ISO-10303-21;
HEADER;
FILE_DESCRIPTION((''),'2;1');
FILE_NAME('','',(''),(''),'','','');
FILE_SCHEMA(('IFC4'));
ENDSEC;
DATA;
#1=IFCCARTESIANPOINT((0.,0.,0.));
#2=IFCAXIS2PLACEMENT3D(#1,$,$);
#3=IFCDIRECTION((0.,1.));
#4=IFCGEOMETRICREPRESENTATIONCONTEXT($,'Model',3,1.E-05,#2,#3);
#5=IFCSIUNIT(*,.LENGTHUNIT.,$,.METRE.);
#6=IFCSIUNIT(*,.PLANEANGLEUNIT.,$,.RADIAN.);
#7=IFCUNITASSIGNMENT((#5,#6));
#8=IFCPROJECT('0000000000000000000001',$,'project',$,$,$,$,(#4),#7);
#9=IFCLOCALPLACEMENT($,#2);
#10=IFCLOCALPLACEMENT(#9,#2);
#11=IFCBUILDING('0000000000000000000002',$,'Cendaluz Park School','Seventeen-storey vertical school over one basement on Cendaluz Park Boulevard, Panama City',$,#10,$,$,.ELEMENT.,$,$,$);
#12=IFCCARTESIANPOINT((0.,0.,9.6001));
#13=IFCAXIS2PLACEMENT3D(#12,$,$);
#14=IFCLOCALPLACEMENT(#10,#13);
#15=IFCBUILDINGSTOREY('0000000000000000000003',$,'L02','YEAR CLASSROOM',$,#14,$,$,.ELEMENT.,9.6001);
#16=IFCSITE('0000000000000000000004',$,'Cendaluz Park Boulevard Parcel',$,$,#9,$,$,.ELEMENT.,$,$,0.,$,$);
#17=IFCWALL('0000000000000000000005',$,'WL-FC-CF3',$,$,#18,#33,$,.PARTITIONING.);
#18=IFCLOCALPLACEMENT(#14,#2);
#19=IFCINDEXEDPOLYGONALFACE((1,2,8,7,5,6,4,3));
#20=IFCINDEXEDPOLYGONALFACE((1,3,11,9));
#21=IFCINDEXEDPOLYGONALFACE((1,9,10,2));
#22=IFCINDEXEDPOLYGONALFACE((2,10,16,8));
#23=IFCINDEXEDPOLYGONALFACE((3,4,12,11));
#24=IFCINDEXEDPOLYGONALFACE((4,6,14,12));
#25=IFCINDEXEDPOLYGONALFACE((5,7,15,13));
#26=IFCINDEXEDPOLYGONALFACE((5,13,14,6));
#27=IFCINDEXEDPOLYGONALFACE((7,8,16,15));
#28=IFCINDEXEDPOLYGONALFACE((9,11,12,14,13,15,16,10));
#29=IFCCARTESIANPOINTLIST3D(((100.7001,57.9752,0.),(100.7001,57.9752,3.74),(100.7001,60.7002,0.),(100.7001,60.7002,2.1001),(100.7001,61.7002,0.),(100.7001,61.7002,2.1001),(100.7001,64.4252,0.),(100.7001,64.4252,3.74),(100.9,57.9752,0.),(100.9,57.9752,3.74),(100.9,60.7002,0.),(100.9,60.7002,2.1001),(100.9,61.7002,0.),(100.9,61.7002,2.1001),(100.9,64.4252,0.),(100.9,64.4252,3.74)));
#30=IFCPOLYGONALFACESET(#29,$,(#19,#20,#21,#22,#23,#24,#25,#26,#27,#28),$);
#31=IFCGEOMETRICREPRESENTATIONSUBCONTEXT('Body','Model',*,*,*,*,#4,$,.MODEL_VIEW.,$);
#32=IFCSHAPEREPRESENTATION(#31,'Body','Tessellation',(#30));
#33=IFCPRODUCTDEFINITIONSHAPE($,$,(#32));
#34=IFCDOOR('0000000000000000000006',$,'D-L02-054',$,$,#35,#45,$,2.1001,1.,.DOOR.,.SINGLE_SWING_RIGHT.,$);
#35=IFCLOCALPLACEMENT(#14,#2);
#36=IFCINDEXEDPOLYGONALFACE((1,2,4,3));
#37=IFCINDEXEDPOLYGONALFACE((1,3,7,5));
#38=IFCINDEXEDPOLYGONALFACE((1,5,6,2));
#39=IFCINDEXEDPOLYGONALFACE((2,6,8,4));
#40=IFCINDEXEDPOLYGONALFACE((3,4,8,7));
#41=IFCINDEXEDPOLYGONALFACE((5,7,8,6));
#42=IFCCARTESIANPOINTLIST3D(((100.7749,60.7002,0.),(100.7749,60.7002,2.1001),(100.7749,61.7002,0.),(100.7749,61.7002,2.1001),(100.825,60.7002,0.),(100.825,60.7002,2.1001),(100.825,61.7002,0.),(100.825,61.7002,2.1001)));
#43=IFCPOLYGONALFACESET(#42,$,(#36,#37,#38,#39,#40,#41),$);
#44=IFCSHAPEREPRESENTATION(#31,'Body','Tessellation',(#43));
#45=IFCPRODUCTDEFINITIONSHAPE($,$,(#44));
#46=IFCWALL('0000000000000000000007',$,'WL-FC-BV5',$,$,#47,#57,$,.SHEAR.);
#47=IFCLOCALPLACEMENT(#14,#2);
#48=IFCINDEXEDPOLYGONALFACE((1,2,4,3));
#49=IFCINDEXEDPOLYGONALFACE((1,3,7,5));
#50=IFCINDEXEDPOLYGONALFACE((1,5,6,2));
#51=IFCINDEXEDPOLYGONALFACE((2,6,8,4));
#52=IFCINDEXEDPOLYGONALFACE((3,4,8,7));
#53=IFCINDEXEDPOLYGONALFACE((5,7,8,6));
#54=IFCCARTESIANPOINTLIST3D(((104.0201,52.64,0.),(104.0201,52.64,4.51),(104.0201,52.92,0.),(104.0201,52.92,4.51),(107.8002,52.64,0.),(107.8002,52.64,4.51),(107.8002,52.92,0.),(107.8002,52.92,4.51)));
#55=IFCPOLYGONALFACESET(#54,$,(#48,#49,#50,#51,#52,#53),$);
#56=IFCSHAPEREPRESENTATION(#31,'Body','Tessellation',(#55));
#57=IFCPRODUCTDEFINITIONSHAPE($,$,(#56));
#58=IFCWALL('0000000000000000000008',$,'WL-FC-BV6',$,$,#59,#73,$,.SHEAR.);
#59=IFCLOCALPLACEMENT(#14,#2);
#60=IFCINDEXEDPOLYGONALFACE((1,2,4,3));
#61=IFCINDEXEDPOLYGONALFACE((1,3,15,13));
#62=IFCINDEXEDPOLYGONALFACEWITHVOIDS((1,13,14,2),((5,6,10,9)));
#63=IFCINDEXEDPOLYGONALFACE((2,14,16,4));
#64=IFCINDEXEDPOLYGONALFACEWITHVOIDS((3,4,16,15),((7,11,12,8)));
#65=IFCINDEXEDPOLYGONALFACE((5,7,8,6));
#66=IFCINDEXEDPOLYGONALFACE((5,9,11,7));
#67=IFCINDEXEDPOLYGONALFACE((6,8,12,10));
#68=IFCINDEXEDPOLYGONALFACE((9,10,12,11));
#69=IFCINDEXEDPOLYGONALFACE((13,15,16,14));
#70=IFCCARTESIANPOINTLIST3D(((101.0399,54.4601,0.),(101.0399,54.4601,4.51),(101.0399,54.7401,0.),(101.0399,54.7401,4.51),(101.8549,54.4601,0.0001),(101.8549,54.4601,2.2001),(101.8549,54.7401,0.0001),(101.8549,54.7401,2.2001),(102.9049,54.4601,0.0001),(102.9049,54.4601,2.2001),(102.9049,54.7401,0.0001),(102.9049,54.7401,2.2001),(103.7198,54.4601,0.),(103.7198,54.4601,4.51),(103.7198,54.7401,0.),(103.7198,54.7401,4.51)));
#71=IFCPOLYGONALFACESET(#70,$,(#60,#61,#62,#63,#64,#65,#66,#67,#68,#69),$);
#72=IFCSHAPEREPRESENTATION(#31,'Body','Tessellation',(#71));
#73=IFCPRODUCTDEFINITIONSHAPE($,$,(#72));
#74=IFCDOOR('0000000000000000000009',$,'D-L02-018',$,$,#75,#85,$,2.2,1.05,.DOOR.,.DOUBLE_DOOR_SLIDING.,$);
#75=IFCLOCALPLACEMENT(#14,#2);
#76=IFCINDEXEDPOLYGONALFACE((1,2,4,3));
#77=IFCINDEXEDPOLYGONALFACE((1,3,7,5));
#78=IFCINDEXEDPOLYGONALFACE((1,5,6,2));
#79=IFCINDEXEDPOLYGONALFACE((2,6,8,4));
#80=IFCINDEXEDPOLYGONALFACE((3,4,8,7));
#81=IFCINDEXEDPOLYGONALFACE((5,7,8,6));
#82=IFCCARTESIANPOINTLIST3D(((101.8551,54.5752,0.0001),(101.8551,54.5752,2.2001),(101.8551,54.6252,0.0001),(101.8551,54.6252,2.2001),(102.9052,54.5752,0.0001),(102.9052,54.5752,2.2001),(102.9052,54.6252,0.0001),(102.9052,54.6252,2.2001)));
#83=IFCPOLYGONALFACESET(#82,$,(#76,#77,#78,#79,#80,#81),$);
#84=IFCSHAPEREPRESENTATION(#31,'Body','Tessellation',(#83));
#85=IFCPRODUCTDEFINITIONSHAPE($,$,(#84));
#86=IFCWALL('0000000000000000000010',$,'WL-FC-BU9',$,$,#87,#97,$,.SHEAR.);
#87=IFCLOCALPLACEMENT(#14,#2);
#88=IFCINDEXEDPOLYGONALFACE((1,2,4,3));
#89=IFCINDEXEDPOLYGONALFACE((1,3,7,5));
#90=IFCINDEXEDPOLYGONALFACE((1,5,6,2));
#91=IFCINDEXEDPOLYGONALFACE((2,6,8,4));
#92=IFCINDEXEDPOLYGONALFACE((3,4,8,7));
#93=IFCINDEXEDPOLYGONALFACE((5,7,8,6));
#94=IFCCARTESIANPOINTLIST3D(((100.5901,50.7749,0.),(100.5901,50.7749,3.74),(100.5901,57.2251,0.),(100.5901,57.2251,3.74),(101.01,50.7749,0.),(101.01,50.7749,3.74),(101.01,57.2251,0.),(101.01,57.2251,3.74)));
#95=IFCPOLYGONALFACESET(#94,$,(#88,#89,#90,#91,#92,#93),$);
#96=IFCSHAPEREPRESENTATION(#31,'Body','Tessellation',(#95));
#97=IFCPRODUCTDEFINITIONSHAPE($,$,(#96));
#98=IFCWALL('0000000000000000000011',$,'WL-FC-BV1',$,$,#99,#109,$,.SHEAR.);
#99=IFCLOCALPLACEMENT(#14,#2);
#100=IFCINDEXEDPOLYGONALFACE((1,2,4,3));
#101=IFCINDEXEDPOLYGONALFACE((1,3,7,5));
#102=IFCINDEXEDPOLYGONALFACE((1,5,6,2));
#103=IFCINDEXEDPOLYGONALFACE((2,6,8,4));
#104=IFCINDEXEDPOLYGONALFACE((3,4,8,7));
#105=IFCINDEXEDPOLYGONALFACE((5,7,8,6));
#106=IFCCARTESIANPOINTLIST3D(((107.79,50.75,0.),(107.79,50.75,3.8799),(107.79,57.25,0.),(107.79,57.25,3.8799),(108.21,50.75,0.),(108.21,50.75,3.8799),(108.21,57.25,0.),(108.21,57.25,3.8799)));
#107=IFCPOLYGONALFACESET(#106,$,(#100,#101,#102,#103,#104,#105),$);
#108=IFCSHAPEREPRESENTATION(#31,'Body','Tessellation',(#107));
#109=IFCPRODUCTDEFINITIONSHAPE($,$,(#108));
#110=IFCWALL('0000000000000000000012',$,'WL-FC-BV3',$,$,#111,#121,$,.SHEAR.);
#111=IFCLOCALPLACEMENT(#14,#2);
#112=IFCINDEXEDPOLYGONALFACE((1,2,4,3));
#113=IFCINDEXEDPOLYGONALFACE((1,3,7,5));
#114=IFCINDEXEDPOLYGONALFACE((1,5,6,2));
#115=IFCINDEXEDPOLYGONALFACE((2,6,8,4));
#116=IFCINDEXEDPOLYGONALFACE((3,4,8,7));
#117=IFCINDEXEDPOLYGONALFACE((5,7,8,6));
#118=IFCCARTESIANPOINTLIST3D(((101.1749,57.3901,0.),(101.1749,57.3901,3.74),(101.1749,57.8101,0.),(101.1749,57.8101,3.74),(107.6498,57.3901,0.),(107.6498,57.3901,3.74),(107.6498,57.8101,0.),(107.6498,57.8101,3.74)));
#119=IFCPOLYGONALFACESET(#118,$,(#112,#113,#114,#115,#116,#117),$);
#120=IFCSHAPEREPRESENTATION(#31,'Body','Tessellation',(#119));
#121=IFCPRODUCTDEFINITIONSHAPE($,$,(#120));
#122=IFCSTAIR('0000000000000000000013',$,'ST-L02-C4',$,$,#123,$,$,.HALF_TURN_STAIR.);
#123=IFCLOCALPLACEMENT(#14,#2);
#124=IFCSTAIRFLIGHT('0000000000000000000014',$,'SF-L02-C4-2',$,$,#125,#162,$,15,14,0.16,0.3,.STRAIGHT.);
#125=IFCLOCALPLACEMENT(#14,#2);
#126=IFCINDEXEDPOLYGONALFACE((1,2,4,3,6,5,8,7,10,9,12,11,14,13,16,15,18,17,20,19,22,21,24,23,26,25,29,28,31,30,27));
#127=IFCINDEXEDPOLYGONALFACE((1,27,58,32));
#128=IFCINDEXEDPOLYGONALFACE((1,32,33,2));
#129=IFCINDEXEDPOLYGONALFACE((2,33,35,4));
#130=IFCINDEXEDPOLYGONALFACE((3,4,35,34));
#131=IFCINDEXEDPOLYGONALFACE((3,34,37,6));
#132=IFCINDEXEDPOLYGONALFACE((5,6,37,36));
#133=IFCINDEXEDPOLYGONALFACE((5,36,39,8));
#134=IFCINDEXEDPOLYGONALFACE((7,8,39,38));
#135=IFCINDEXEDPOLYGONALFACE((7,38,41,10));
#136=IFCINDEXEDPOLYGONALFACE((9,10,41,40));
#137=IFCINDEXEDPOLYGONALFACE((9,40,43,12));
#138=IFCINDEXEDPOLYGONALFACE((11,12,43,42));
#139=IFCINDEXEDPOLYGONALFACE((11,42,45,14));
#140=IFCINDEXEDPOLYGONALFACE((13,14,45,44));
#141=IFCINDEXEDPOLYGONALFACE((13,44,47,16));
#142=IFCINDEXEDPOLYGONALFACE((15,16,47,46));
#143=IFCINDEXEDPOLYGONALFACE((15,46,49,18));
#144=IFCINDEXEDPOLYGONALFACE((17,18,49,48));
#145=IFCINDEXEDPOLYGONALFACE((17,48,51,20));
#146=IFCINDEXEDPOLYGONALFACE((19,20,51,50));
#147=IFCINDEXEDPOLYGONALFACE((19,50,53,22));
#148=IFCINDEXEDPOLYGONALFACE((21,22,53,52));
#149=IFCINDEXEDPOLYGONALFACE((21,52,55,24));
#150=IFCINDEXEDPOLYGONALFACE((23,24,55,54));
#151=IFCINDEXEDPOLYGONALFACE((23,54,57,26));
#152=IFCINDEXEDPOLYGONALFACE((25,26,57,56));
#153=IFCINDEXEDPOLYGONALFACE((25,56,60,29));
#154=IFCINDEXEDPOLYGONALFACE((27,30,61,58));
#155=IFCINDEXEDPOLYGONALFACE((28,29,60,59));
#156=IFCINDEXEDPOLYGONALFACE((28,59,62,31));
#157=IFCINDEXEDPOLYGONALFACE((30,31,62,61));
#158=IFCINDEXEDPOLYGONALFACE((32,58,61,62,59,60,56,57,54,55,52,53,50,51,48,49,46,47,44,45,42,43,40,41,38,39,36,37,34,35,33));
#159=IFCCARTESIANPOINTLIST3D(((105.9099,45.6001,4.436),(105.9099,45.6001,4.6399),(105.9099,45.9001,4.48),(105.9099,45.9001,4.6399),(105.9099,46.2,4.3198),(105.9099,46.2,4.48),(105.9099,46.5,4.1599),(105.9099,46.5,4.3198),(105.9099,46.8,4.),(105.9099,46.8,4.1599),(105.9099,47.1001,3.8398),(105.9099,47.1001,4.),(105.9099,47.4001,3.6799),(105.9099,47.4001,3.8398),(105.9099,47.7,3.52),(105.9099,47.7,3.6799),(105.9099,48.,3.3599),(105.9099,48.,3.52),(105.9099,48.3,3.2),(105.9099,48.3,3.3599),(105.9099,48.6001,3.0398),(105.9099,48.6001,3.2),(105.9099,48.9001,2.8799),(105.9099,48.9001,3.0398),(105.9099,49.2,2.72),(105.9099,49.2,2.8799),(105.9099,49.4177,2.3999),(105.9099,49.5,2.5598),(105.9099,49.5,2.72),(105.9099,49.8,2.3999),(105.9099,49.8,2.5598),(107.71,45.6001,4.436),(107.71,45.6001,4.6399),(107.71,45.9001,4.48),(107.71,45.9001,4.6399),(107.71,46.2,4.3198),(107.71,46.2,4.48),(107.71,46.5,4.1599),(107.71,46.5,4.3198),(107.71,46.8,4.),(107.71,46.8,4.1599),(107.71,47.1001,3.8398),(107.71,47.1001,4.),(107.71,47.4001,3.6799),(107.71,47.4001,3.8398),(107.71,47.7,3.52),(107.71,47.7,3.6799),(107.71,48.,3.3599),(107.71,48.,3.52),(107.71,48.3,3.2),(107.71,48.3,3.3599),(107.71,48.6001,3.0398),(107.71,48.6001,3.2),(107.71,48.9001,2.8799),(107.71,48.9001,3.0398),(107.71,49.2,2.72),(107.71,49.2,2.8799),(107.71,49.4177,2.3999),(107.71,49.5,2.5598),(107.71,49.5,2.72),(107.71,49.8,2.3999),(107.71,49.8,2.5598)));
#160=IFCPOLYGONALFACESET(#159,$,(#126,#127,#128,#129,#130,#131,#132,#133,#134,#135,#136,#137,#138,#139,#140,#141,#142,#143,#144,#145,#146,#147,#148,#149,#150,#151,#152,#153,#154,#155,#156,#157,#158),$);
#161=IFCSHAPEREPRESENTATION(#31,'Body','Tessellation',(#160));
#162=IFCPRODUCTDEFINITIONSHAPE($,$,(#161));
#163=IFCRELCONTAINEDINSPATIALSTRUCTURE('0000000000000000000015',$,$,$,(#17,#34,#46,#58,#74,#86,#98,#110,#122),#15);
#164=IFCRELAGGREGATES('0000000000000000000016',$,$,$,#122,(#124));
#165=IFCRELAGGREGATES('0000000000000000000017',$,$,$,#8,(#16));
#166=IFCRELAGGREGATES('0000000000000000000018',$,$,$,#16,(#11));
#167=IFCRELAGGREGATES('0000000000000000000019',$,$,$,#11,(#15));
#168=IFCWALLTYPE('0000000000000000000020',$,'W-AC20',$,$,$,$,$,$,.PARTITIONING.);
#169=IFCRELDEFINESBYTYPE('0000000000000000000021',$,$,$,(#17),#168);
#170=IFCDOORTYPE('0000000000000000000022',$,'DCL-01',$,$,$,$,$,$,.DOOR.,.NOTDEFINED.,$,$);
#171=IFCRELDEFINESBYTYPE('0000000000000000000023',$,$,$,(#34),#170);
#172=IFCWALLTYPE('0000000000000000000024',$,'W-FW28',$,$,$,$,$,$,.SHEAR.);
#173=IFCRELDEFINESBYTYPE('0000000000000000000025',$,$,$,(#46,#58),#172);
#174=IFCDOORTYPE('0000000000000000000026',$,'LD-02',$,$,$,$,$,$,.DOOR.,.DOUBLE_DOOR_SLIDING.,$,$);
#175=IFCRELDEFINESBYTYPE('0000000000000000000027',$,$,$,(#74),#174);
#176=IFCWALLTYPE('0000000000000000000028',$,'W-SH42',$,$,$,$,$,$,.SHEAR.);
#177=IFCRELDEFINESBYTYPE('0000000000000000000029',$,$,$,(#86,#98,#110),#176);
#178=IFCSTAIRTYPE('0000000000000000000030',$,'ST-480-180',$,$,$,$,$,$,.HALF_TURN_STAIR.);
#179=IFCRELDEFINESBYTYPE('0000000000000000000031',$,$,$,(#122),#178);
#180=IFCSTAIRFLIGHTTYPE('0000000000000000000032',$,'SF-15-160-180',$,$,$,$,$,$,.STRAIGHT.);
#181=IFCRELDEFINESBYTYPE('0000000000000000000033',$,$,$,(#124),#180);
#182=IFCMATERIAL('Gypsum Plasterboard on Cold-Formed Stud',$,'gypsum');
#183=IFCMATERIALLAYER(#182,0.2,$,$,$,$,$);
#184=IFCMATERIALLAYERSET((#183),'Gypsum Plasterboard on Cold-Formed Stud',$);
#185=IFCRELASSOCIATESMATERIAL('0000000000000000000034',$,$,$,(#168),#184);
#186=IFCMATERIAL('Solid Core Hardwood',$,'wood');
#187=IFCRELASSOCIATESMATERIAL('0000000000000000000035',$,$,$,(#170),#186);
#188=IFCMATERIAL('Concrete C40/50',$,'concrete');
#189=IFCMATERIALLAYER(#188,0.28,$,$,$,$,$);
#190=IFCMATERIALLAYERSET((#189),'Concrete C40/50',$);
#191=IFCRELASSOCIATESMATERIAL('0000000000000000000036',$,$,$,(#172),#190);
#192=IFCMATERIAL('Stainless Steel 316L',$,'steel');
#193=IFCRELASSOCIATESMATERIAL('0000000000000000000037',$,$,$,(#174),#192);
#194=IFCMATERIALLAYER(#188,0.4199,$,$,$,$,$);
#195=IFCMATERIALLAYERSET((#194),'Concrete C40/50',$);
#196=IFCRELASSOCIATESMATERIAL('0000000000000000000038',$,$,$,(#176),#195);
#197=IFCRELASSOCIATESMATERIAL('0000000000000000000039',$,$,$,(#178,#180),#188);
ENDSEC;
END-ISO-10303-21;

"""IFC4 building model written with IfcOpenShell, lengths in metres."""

from ifc_helpers import new_model, si_unit, direction, frame, frame_2d, origin, place, context, subcontext, project, spatial, polyline, rectangle, outline, extrude, material, layer, layer_set, type_object, element, fill, aggregate, save


model = new_model("IFC4")

# Units and contexts
model_context = context("Model", 3, precision=1e-05, world=origin(), true_north=direction((0.0, 1.0)))
body_context = subcontext(model_context, "Body", "Model", "MODEL_VIEW")
ifc_project = project(units=[si_unit("LENGTHUNIT", "METRE"), si_unit("PLANEANGLEUNIT", "RADIAN")], contexts=[model_context])

# Site, building, storey
site_placement = place(None, origin())
site = spatial("IfcSite", under=ifc_project, at=site_placement, Name="Cendaluz Park Boulevard Parcel", CompositionType="ELEMENT", RefElevation=0.0)
building_placement = place(site_placement, origin())
building = spatial("IfcBuilding", under=site, at=building_placement, Name="Cendaluz Park School", Description="Seventeen-storey vertical school over one basement on Cendaluz Park Boulevard, Panama City", CompositionType="ELEMENT")
storey_placement = place(building_placement, frame((0.0, 0.0, 9.6001)))
storey = spatial("IfcBuildingStorey", under=building, at=storey_placement, Name="L02", Description="YEAR CLASSROOM", CompositionType="ELEMENT", Elevation=9.6001)

# Shared definitions
ifc_material_1 = material(Name="Concrete C40/50", Category="concrete")

# Wall, opening, door
ifc_material_2 = material(Name="Gypsum Plasterboard on Cold-Formed Stud", Category="gypsum")
ifc_layer_1 = layer(ifc_material_2, 0.2)
ifc_layer_set_1 = layer_set([ifc_layer_1], Name="Gypsum Plasterboard on Cold-Formed Stud")
wall_type_1 = type_object("IfcWallType", Name="W-AC20", PredefinedType="PARTITIONING", material=ifc_layer_set_1)
wall_1_placement = place(storey_placement, frame((100.8, 57.9751, 0.0), z_axis=(0.0, 0.0, 1.0), x_axis=(0.0, 1.0, 0.0)))
wall_1 = element("IfcWall", 1, at=wall_1_placement, inside=storey, type_object=wall_type_1, Name="WL-FC-CF3", PredefinedType="PARTITIONING", context=body_context, shape_type="SweptSolid", body=[
    extrude(rectangle(XDim=6.45, YDim=0.2, at=frame_2d((3.2251, 0.0))), origin(), (0.0, 0.0, 1.0), 3.74),
])
opening_1_placement = place(wall_1_placement, frame((2.7251, 0.0, 0.0)))
opening_1 = element("IfcOpeningElement", 2, at=opening_1_placement, cuts=wall_1, PredefinedType="OPENING", context=body_context, shape_type="SweptSolid", body=[
    extrude(rectangle(XDim=1.0, YDim=2.1001, at=frame_2d((0.5, 1.05))), frame((0.0, 0.1121, 0.0), z_axis=(0.0, -1.0, 0.0), x_axis=(1.0, 0.0, 0.0)), (0.0, 0.0, 1.0), 0.2239),
])
ifc_material_3 = material(Name="Solid Core Hardwood", Category="wood")
door_type_1 = type_object("IfcDoorType", Name="DCL-01", OperationType="NOTDEFINED", PredefinedType="DOOR", material=ifc_material_3)
door_1_placement = place(opening_1_placement, frame((1.0, 0.0, 0.0), z_axis=(0.0, 0.0, 1.0), x_axis=(-1.0, 0.0, 0.0)))
door_1 = element("IfcDoor", 3, at=door_1_placement, inside=storey, type_object=door_type_1, Name="D-L02-054", OperationType="SINGLE_SWING_RIGHT", OverallHeight=2.1001, OverallWidth=1.0, PredefinedType="DOOR", context=body_context, shape_type="SweptSolid", body=[
    extrude(rectangle(XDim=1.0, YDim=2.1001, at=frame_2d((0.5, 1.05))), frame((0.0, 0.0249, 0.0), z_axis=(0.0, -1.0, 0.0), x_axis=(1.0, 0.0, 0.0)), (0.0, 0.0, 1.0), 0.05),
])
fill(opening_1, door_1)

# Wall
ifc_layer_2 = layer(ifc_material_1, 0.28)
ifc_layer_set_2 = layer_set([ifc_layer_2], Name="Concrete C40/50")
wall_type_2 = type_object("IfcWallType", Name="W-FW28", PredefinedType="SHEAR", material=ifc_layer_set_2)
wall_2_placement = place(storey_placement, frame((104.02, 52.78, 0.0), z_axis=(0.0, 0.0, 1.0), x_axis=(1.0, 0.0, 0.0)))
element("IfcWall", 4, at=wall_2_placement, inside=storey, type_object=wall_type_2, Name="WL-FC-BV5", PredefinedType="SHEAR", context=body_context, shape_type="SweptSolid", body=[
    extrude(rectangle(XDim=3.78, YDim=0.28, at=frame_2d((1.8901, 0.0))), origin(), (0.0, 0.0, 1.0), 4.51),
])

# Wall, opening, door
wall_3_placement = place(storey_placement, frame((101.04, 54.6001, 0.0), z_axis=(0.0, 0.0, 1.0), x_axis=(1.0, 0.0, 0.0)))
wall_3 = element("IfcWall", 5, at=wall_3_placement, inside=storey, type_object=wall_type_2, Name="WL-FC-BV6", PredefinedType="SHEAR", context=body_context, shape_type="SweptSolid", body=[
    extrude(rectangle(XDim=2.6799, YDim=0.28, at=frame_2d((1.3398, 0.0))), origin(), (0.0, 0.0, 1.0), 4.51),
])
opening_2_placement = place(wall_3_placement, frame((0.8149, 0.0, 0.0)))
opening_2 = element("IfcOpeningElement", 6, at=opening_2_placement, cuts=wall_3, PredefinedType="OPENING", context=body_context, shape_type="SweptSolid", body=[
    extrude(rectangle(XDim=1.05, YDim=2.2, at=frame_2d((0.5249, 1.1001))), frame((0.0, 0.1521, 0.0), z_axis=(0.0, -1.0, 0.0), x_axis=(1.0, 0.0, 0.0)), (0.0, 0.0, 1.0), 0.304),
])
ifc_material_4 = material(Name="Stainless Steel 316L", Category="steel")
door_type_2 = type_object("IfcDoorType", Name="LD-02", OperationType="DOUBLE_DOOR_SLIDING", PredefinedType="DOOR", material=ifc_material_4)
door_2_placement = place(opening_2_placement, frame((1.05, 0.0, 0.0), z_axis=(0.0, 0.0, 1.0), x_axis=(-1.0, 0.0, 0.0)))
door_2 = element("IfcDoor", 7, at=door_2_placement, inside=storey, type_object=door_type_2, Name="D-L02-018", OperationType="DOUBLE_DOOR_SLIDING", OverallHeight=2.2, OverallWidth=1.05, PredefinedType="DOOR", context=body_context, shape_type="SweptSolid", body=[
    extrude(rectangle(XDim=1.05, YDim=2.2, at=frame_2d((0.5249, 1.1001))), frame((0.0, 0.0249, 0.0), z_axis=(0.0, -1.0, 0.0), x_axis=(1.0, 0.0, 0.0)), (0.0, 0.0, 1.0), 0.05),
])
fill(opening_2, door_2)

# Walls
ifc_layer_3 = layer(ifc_material_1, 0.4199)
ifc_layer_set_3 = layer_set([ifc_layer_3], Name="Concrete C40/50")
wall_type_3 = type_object("IfcWallType", Name="W-SH42", PredefinedType="SHEAR", material=ifc_layer_set_3)
wall_4_placement = place(storey_placement, frame((100.8, 50.7749, 0.0), z_axis=(0.0, 0.0, 1.0), x_axis=(0.0, 1.0, 0.0)))
element("IfcWall", 8, at=wall_4_placement, inside=storey, type_object=wall_type_3, Name="WL-FC-BU9", PredefinedType="SHEAR", context=body_context, shape_type="SweptSolid", body=[
    extrude(rectangle(XDim=6.4502, YDim=0.4199, at=frame_2d((3.2251, 0.0))), origin(), (0.0, 0.0, 1.0), 3.74),
])
wall_5_placement = place(storey_placement, frame((108.0, 50.75, 0.0), z_axis=(0.0, 0.0, 1.0), x_axis=(0.0, 1.0, 0.0)))
element("IfcWall", 9, at=wall_5_placement, inside=storey, type_object=wall_type_3, Name="WL-FC-BV1", PredefinedType="SHEAR", context=body_context, shape_type="SweptSolid", body=[
    extrude(rectangle(XDim=6.5, YDim=0.4199, at=frame_2d((3.25, 0.0))), origin(), (0.0, 0.0, 1.0), 3.8799),
])
wall_6_placement = place(storey_placement, frame((101.175, 57.6001, 0.0), z_axis=(0.0, 0.0, 1.0), x_axis=(1.0, 0.0, 0.0)))
element("IfcWall", 10, at=wall_6_placement, inside=storey, type_object=wall_type_3, Name="WL-FC-BV3", PredefinedType="SHEAR", context=body_context, shape_type="SweptSolid", body=[
    extrude(rectangle(XDim=6.4749, YDim=0.4199, at=frame_2d((3.2373, 0.0))), origin(), (0.0, 0.0, 1.0), 3.74),
])

# Stair, stair flight
stair_type = type_object("IfcStairType", Name="ST-480-180", PredefinedType="HALF_TURN_STAIR", material=ifc_material_1)
stair_placement = place(storey_placement, origin())
stair = element("IfcStair", 11, at=stair_placement, inside=storey, type_object=stair_type, Name="ST-L02-C4", PredefinedType="HALF_TURN_STAIR")
stair_flight_type = type_object("IfcStairFlightType", Name="SF-15-160-180", PredefinedType="STRAIGHT", material=ifc_material_1)
stair_flight_placement = place(storey_placement, frame((106.8101, 49.8, 2.3999), z_axis=(0.0, 0.0, 1.0), x_axis=(0.0, -1.0, 0.0)))
stair_flight = element("IfcStairFlight", 12, at=stair_flight_placement, type_object=stair_flight_type, Name="SF-L02-C4-2", NumberOfRisers=15, NumberOfTreads=14, PredefinedType="STRAIGHT", RiserHeight=0.16, TreadLength=0.3, context=body_context, shape_type="SweptSolid", body=[
    extrude(outline(polyline([(0.0, 0.0), (0.0, 0.1599), (0.3, 0.1599), (0.3, 0.3201), (0.6001, 0.3201), (0.6001, 0.48), (0.8999, 0.48), (0.8999, 0.6399), (1.2, 0.6399), (1.2, 0.8), (1.5, 0.8), (1.5, 0.96), (1.8, 0.96), (1.8, 1.1201), (2.1001, 1.1201), (2.1001, 1.28), (2.3999, 1.28), (2.3999, 1.4399), (2.7, 1.4399), (2.7, 1.6001), (3.0, 1.6001), (3.0, 1.76), (3.3, 1.76), (3.3, 1.9199), (3.6001, 1.9199), (3.6001, 2.0801), (3.8999, 2.0801), (3.8999, 2.24), (4.2, 2.24), (4.2, 2.3999), (4.2, 2.0361), (0.3823, 0.0), (0.0, 0.0)])), frame((0.0, 0.8999, 0.0), z_axis=(0.0, -1.0, 0.0), x_axis=(1.0, 0.0, 0.0)), (0.0, 0.0, 1.0), 1.8),
])
aggregate(stair, [stair_flight])

save(model, "model.ifc")
